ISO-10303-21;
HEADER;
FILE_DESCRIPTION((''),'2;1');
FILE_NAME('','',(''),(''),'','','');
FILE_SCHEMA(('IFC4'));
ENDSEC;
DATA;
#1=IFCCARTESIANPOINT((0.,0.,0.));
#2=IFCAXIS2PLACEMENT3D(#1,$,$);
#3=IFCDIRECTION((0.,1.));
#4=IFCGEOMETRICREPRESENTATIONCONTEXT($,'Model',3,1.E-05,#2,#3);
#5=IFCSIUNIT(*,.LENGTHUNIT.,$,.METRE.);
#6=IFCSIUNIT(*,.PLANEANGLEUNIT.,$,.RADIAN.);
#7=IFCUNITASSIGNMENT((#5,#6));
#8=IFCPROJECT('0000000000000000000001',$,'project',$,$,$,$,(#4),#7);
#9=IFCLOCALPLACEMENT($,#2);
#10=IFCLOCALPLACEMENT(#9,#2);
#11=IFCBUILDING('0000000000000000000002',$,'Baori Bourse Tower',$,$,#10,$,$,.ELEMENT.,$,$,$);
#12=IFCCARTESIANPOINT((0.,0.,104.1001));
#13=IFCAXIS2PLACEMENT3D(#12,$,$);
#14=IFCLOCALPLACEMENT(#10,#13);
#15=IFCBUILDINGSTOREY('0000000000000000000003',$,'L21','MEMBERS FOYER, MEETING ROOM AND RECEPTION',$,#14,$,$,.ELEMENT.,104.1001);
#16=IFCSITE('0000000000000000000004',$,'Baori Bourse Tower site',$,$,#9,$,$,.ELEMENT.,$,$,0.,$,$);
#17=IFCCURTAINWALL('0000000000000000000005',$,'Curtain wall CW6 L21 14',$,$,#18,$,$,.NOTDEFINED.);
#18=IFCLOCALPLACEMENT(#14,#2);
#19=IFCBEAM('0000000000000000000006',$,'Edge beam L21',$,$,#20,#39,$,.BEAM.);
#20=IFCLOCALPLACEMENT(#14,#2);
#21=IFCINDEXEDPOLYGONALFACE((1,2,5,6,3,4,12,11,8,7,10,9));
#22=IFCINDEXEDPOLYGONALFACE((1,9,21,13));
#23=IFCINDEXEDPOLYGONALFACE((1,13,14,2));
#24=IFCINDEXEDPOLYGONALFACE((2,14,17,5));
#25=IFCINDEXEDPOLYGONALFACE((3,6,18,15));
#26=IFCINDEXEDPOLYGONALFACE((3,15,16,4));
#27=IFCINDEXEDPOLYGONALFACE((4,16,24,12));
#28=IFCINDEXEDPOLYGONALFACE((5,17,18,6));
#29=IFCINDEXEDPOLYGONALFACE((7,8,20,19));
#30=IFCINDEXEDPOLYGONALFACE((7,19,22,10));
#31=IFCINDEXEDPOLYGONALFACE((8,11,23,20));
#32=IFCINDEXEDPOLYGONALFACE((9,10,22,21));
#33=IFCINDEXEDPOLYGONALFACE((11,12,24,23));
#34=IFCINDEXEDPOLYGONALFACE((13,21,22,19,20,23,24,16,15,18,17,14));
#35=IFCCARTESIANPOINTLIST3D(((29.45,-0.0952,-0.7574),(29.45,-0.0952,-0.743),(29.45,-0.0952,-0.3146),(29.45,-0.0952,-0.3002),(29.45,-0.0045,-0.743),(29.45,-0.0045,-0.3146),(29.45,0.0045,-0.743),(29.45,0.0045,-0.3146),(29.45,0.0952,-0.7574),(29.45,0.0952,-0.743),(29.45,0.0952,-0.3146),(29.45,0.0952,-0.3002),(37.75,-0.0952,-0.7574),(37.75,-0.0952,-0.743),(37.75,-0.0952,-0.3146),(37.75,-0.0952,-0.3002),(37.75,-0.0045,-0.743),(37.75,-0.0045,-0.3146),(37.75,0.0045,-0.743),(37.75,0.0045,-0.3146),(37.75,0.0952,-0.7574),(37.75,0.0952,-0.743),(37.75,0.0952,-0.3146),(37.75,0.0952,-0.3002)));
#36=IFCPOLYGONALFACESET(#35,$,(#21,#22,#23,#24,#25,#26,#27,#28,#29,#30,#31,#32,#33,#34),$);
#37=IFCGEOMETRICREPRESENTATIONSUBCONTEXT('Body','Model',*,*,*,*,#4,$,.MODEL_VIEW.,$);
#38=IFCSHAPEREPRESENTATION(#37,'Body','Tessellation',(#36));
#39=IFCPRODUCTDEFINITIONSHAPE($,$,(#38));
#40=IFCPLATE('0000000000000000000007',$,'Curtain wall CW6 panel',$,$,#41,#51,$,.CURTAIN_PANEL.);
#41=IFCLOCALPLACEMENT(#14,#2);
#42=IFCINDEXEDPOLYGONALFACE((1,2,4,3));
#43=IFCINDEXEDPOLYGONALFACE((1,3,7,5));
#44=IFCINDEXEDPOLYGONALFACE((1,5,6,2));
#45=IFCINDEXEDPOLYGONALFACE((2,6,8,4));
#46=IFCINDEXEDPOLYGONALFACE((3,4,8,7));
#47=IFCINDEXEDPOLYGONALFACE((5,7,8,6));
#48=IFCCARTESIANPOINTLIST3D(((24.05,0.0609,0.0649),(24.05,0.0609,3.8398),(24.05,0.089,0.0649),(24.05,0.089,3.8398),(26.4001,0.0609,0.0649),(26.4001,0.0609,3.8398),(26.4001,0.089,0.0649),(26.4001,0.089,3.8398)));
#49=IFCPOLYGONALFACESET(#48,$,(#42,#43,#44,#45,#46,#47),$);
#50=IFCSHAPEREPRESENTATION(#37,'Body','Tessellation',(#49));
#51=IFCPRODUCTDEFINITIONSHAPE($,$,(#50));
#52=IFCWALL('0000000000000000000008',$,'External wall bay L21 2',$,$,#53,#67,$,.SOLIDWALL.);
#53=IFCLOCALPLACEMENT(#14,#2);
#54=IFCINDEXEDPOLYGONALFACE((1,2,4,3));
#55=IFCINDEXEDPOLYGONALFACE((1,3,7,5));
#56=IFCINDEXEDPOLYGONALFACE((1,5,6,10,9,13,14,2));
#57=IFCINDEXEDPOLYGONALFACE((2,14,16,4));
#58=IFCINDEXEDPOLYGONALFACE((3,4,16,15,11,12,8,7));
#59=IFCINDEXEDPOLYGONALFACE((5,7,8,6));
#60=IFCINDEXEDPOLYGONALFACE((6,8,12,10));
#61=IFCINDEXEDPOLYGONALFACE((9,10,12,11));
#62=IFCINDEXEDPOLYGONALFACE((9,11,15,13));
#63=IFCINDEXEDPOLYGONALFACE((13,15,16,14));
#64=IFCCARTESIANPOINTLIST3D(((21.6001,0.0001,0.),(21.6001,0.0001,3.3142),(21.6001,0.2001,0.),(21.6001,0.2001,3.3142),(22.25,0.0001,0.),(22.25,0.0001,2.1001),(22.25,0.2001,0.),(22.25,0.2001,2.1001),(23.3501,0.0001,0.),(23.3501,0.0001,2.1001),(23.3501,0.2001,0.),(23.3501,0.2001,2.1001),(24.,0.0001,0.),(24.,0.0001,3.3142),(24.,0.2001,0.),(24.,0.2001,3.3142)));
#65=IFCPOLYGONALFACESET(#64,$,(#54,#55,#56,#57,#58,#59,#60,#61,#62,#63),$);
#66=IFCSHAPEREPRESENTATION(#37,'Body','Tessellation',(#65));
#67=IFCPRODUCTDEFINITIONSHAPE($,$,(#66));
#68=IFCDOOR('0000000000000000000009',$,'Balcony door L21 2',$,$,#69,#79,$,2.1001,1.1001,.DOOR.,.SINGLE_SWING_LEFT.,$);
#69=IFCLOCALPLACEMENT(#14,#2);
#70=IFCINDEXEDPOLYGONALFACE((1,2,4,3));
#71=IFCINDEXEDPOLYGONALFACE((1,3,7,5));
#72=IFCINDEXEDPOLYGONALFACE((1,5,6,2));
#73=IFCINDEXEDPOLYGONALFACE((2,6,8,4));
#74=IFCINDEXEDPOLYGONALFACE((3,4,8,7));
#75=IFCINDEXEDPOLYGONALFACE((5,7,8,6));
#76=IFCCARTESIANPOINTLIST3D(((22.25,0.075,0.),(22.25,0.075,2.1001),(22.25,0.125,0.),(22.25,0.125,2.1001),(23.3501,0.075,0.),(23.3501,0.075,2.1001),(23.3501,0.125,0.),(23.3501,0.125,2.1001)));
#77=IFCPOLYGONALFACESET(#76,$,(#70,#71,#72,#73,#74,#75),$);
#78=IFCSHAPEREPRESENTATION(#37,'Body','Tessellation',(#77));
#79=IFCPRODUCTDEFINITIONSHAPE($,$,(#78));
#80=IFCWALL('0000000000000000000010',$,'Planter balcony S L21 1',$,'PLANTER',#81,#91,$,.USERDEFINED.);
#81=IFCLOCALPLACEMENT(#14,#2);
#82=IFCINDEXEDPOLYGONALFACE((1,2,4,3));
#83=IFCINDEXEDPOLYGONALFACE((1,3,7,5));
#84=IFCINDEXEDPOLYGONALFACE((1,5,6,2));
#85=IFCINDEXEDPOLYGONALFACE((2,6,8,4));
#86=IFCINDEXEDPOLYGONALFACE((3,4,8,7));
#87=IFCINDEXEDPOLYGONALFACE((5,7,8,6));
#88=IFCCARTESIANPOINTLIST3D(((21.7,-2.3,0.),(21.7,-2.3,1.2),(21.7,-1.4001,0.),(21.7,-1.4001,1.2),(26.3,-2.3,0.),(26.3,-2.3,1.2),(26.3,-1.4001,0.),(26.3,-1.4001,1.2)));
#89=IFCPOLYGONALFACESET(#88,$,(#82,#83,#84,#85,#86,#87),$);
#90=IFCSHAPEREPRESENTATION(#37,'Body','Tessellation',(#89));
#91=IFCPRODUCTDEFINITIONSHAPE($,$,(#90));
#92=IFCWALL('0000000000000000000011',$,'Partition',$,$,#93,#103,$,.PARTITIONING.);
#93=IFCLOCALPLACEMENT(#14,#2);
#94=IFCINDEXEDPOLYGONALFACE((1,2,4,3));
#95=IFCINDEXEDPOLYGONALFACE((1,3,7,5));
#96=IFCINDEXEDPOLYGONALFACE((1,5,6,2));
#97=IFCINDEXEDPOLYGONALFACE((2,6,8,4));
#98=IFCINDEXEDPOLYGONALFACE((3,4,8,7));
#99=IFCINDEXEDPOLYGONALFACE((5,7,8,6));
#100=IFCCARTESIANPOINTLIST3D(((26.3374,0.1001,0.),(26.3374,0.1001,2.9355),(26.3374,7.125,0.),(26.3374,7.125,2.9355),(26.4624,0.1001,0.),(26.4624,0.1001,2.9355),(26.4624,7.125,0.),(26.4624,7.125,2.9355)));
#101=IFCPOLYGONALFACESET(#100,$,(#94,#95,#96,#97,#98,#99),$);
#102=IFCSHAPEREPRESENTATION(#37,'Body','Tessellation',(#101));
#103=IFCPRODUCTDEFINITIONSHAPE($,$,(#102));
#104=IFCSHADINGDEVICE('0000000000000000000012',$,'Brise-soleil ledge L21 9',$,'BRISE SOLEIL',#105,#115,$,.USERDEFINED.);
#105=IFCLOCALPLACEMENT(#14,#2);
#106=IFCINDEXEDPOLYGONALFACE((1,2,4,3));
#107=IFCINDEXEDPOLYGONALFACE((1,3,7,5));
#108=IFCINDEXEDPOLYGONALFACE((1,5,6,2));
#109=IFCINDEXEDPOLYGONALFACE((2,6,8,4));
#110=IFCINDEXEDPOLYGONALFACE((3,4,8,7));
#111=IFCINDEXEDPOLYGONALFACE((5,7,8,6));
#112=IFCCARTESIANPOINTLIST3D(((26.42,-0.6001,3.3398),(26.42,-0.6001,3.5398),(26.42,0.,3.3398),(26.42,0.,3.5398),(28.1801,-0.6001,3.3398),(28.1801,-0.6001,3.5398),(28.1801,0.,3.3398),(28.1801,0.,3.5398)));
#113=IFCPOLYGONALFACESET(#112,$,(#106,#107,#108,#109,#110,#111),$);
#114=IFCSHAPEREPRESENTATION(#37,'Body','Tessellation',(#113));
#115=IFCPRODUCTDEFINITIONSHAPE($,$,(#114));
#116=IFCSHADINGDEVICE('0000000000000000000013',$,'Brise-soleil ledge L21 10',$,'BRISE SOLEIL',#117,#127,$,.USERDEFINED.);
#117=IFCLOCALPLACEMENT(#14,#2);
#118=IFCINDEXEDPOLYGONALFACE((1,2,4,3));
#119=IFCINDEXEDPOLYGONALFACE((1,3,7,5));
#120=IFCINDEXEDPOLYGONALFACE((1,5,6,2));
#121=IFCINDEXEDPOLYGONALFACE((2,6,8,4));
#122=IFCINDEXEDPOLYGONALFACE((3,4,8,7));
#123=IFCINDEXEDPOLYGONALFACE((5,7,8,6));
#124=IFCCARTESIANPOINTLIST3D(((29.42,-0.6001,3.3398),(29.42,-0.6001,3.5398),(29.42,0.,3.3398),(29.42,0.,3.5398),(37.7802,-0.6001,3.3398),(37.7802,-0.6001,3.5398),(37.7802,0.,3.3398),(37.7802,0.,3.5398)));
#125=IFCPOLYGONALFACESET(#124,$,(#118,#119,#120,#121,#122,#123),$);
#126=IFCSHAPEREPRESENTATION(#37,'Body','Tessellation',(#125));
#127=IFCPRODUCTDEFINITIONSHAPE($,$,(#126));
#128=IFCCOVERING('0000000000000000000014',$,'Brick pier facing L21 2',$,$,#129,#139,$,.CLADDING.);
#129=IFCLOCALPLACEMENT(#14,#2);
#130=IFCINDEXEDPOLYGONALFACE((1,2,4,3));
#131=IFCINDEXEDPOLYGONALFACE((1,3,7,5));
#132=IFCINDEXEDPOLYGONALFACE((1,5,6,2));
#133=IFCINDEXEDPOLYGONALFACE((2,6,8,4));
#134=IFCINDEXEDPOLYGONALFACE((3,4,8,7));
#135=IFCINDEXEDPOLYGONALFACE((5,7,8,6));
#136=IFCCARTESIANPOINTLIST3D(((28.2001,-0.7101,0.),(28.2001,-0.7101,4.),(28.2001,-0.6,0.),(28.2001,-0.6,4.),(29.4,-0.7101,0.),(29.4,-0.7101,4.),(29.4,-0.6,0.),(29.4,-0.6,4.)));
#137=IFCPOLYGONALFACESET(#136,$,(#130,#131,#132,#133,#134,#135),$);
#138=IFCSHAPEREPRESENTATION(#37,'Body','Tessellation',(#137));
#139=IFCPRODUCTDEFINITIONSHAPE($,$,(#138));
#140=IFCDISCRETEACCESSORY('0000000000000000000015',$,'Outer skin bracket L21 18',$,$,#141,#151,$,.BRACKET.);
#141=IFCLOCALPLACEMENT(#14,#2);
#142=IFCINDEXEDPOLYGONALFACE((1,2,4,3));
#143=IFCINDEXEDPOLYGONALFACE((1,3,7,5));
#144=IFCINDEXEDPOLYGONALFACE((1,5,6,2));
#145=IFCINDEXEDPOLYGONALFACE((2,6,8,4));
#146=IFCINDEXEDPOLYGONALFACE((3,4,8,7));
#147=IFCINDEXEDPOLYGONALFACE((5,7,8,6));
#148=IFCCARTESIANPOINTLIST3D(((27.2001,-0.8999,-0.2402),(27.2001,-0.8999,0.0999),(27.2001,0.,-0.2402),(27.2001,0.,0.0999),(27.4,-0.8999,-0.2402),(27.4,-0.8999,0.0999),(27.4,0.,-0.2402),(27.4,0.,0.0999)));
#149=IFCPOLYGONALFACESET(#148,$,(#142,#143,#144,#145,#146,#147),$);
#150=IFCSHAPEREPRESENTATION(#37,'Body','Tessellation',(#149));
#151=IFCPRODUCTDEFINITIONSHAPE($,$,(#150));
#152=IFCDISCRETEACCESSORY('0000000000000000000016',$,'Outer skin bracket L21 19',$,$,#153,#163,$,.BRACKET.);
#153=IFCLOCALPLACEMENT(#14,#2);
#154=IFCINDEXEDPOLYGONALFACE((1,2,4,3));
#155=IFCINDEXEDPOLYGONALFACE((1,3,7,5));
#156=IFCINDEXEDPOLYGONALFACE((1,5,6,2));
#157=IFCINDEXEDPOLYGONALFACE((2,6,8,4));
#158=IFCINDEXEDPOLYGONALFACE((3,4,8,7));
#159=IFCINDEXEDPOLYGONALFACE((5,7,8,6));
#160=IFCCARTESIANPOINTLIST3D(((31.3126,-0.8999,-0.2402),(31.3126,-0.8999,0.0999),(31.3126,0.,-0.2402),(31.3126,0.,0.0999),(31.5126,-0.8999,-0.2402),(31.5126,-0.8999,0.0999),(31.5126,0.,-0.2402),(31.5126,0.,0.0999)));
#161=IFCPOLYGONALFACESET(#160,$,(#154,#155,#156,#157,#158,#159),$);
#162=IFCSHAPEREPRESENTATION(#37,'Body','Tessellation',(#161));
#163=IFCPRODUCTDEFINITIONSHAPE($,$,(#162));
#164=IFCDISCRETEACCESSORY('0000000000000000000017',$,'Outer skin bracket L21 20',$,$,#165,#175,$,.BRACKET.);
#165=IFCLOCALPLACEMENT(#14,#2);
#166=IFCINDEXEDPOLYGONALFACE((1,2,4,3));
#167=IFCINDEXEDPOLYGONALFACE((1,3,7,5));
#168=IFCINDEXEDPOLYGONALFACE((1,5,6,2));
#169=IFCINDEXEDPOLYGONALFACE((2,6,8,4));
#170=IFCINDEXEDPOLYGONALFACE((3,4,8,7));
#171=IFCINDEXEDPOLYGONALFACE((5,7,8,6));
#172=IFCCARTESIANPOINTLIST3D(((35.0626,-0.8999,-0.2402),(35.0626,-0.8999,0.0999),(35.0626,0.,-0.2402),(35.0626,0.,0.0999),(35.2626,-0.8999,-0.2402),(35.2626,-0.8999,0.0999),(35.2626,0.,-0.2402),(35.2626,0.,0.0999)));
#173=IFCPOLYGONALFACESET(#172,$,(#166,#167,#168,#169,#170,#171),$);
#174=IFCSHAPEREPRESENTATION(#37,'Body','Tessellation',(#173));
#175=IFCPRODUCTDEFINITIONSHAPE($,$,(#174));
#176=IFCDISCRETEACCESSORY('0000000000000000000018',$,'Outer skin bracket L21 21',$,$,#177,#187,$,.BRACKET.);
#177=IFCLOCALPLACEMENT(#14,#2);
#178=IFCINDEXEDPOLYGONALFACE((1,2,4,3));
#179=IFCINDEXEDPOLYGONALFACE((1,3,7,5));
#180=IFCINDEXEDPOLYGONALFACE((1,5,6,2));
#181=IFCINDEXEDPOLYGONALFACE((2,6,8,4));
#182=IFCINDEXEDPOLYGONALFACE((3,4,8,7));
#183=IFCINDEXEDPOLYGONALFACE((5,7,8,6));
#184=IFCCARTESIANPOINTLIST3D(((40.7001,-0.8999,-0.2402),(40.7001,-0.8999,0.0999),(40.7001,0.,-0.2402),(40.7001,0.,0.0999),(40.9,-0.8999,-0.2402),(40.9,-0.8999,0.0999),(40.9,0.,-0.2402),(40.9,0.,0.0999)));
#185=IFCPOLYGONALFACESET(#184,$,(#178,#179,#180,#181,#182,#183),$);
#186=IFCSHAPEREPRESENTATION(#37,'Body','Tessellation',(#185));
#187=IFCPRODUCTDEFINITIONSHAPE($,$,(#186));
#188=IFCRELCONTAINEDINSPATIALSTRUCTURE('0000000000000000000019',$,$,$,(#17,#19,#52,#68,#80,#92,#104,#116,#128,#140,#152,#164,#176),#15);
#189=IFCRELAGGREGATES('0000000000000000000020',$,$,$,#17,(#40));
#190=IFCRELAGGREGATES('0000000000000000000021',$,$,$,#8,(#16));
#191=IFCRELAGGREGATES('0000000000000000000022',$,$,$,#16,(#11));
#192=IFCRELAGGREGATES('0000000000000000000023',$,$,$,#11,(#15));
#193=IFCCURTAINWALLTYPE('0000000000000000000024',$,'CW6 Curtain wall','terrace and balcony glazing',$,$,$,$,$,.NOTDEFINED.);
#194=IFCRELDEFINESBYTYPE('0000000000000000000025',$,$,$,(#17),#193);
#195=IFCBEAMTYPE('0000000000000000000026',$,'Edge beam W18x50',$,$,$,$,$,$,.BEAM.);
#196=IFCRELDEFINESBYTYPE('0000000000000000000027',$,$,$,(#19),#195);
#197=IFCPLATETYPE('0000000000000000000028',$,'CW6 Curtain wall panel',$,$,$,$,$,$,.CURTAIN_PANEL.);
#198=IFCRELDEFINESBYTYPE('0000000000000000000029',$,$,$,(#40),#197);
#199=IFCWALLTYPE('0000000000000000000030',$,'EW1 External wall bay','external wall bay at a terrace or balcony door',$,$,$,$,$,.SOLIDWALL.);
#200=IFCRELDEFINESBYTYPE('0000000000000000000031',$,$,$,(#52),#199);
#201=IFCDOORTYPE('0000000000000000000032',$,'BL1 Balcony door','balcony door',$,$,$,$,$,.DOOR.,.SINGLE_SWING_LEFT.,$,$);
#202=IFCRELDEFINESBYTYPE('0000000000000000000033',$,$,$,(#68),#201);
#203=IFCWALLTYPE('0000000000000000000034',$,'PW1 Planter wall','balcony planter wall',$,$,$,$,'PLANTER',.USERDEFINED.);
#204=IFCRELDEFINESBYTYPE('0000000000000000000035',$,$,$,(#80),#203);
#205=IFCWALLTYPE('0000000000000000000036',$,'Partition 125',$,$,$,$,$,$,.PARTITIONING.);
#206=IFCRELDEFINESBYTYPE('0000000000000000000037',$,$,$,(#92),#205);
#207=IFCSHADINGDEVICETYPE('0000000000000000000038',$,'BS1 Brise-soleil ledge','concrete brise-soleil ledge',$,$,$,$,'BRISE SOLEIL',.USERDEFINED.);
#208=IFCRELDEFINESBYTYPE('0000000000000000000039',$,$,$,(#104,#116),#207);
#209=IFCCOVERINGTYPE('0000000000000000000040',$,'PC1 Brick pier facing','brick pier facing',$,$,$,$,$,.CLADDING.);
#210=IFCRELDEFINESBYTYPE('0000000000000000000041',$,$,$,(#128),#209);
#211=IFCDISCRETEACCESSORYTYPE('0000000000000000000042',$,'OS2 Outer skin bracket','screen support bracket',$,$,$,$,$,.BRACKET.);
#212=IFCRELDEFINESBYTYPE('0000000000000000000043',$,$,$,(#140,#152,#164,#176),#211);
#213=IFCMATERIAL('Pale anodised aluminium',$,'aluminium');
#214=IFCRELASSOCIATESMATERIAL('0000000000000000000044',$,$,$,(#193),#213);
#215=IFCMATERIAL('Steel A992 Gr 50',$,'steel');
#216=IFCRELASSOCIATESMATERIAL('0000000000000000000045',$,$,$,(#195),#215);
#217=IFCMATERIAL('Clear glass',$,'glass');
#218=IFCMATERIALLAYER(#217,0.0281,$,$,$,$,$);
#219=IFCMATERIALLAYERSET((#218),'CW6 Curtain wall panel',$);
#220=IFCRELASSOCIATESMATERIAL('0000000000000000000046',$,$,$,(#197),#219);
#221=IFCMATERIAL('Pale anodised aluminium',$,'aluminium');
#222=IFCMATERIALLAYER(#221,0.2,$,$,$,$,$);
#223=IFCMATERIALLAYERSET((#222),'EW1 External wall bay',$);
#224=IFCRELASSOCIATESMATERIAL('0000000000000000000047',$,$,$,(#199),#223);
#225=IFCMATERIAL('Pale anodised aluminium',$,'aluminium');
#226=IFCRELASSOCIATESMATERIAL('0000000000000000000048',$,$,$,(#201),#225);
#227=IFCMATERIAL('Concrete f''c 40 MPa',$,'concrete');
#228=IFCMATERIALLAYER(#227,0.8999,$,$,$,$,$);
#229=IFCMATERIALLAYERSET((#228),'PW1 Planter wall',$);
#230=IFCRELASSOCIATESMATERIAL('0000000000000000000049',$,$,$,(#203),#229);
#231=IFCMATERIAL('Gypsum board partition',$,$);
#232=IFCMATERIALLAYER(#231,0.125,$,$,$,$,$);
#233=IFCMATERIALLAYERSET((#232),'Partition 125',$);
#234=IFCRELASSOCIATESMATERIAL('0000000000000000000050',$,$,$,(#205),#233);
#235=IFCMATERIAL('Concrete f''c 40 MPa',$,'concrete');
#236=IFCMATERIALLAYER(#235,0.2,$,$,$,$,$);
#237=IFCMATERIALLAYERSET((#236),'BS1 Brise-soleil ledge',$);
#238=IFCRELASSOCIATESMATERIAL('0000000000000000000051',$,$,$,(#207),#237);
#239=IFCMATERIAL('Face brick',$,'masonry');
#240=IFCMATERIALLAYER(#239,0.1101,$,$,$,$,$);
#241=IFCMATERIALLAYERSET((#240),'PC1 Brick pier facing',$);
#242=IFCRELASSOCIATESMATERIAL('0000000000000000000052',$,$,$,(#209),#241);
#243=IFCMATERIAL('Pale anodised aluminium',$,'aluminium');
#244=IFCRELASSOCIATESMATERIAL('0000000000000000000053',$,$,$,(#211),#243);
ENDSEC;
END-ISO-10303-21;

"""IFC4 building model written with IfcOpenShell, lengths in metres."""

from ifc_helpers import new_model, si_unit, direction, frame, frame_2d, origin, origin_2d, place, context, subcontext, project, spatial, rectangle, i_section, extrude, material, layer, layer_set, material_profile, profile_set, type_object, element, fill, aggregate, save


model = new_model("IFC4")

# Units and contexts
model_context = context("Model", 3, precision=1e-05, world=origin(), true_north=direction((0.0, 1.0)))
body_context = subcontext(model_context, "Body", "Model", "MODEL_VIEW")
ifc_project = project(units=[si_unit("LENGTHUNIT", "METRE"), si_unit("PLANEANGLEUNIT", "RADIAN")], contexts=[model_context])

# Site, building, storey
site_placement = place(None, origin())
site = spatial("IfcSite", under=ifc_project, at=site_placement, Name="Baori Bourse Tower site", CompositionType="ELEMENT", RefElevation=0.0)
building_placement = place(site_placement, origin())
building = spatial("IfcBuilding", under=site, at=building_placement, Name="Baori Bourse Tower", CompositionType="ELEMENT")
storey_placement = place(building_placement, frame((0.0, 0.0, 104.1001)))
storey = spatial("IfcBuildingStorey", under=building, at=storey_placement, Name="L21", Description="MEMBERS FOYER, MEETING ROOM AND RECEPTION", CompositionType="ELEMENT", Elevation=104.1001)

# Curtain wall
ifc_material_1 = material(Name="Pale anodised aluminium", Category="aluminium")
curtain_wall_type = type_object("IfcCurtainWallType", Name="CW6 Curtain wall", Description="terrace and balcony glazing", PredefinedType="NOTDEFINED", material=ifc_material_1)
curtain_wall_placement = place(storey_placement, origin())
curtain_wall = element("IfcCurtainWall", 1, at=curtain_wall_placement, inside=storey, type_object=curtain_wall_type, Name="Curtain wall CW6 L21 14", PredefinedType="NOTDEFINED")

# Beam
ifc_material_2 = material(Name="Steel A992 Gr 50", Category="steel")
ifc_material_profile_1 = material_profile(ifc_material_2, i_section(OverallWidth=0.1904, OverallDepth=0.4573, WebThickness=0.009, FlangeThickness=0.0144, at=origin_2d()), Name="W18x50")
ifc_profile_set_1 = profile_set([ifc_material_profile_1], Name="Steel A992 Gr 50")
beam_type_1 = type_object("IfcBeamType", Name="Edge beam W18x50", PredefinedType="BEAM", material=ifc_profile_set_1)
beam_1_placement = place(storey_placement, frame((29.45, 0.0, -0.5288), z_axis=(1.0, 0.0, 0.0), x_axis=(0.0, 1.0, 0.0)))
element("IfcBeam", 2, at=beam_1_placement, inside=storey, type_object=beam_type_1, Name="Edge beam L21", PredefinedType="BEAM", context=body_context, shape_type="SweptSolid", body=[
    extrude(i_section(OverallWidth=0.1904, OverallDepth=0.4573, WebThickness=0.009, FlangeThickness=0.0144, at=origin_2d()), origin(), (0.0, 0.0, 1.0), 8.3),
])

# Plate
ifc_material_3 = material(Name="Clear glass", Category="glass")
ifc_layer_1 = layer(ifc_material_3, 0.0281)
ifc_layer_set_1 = layer_set([ifc_layer_1], Name="CW6 Curtain wall panel")
plate_type = type_object("IfcPlateType", Name="CW6 Curtain wall panel", PredefinedType="CURTAIN_PANEL", material=ifc_layer_set_1)
plate_placement = place(storey_placement, frame((25.2251, 0.075, 0.0649), z_axis=(0.0, 0.0, 1.0), x_axis=(1.0, 0.0, 0.0)))
plate = element("IfcPlate", 3, at=plate_placement, type_object=plate_type, Name="Curtain wall CW6 panel", PredefinedType="CURTAIN_PANEL", context=body_context, shape_type="SweptSolid", body=[
    extrude(rectangle(XDim=2.3501, YDim=0.0281, at=origin_2d()), origin(), (0.0, 0.0, 1.0), 3.7749),
])
aggregate(curtain_wall, [plate])

# Wall, opening, door
ifc_material_4 = material(Name="Pale anodised aluminium", Category="aluminium")
ifc_layer_2 = layer(ifc_material_4, 0.2)
ifc_layer_set_2 = layer_set([ifc_layer_2], Name="EW1 External wall bay")
wall_type_1 = type_object("IfcWallType", Name="EW1 External wall bay", Description="external wall bay at a terrace or balcony door", PredefinedType="SOLIDWALL", material=ifc_layer_set_2)
wall_1_placement = place(storey_placement, frame((21.6001, 0.1001, 0.0), z_axis=(0.0, 0.0, 1.0), x_axis=(1.0, 0.0, 0.0)))
wall_1 = element("IfcWall", 4, at=wall_1_placement, inside=storey, type_object=wall_type_1, Name="External wall bay L21 2", PredefinedType="SOLIDWALL", context=body_context, shape_type="SweptSolid", body=[
    extrude(rectangle(XDim=2.3999, YDim=0.2, at=frame_2d((1.2, 0.0))), origin(), (0.0, 0.0, 1.0), 3.3142),
])
opening_placement = place(wall_1_placement, frame((0.6499, 0.0, 0.0)))
opening = element("IfcOpeningElement", 5, at=opening_placement, cuts=wall_1, PredefinedType="OPENING", context=body_context, shape_type="SweptSolid", body=[
    extrude(rectangle(XDim=1.1001, YDim=2.1001, at=frame_2d((0.55, 1.05))), frame((0.0, 0.1099, 0.0), z_axis=(0.0, -1.0, 0.0), x_axis=(1.0, 0.0, 0.0)), (0.0, 0.0, 1.0), 0.22),
])
ifc_material_5 = material(Name="Pale anodised aluminium", Category="aluminium")
door_type = type_object("IfcDoorType", Name="BL1 Balcony door", Description="balcony door", OperationType="SINGLE_SWING_LEFT", PredefinedType="DOOR", material=ifc_material_5)
door_placement = place(opening_placement, origin())
door = element("IfcDoor", 6, at=door_placement, inside=storey, type_object=door_type, Name="Balcony door L21 2", OperationType="SINGLE_SWING_LEFT", OverallHeight=2.1001, OverallWidth=1.1001, PredefinedType="DOOR", context=body_context, shape_type="SweptSolid", body=[
    extrude(rectangle(XDim=1.1001, YDim=2.1001, at=frame_2d((0.55, 1.05))), frame((0.0, 0.0249, 0.0), z_axis=(0.0, -1.0, 0.0), x_axis=(1.0, 0.0, 0.0)), (0.0, 0.0, 1.0), 0.05),
])
fill(opening, door)

# Walls
ifc_material_6 = material(Name="Concrete f'c 40 MPa", Category="concrete")
ifc_layer_3 = layer(ifc_material_6, 0.8999)
ifc_layer_set_3 = layer_set([ifc_layer_3], Name="PW1 Planter wall")
wall_type_2 = type_object("IfcWallType", Name="PW1 Planter wall", Description="balcony planter wall", ElementType="PLANTER", PredefinedType="USERDEFINED", material=ifc_layer_set_3)
wall_2_placement = place(storey_placement, frame((21.7, -1.8501, 0.0), z_axis=(0.0, 0.0, 1.0), x_axis=(1.0, 0.0, 0.0)))
element("IfcWall", 7, at=wall_2_placement, inside=storey, type_object=wall_type_2, Name="Planter balcony S L21 1", ObjectType="PLANTER", PredefinedType="USERDEFINED", context=body_context, shape_type="SweptSolid", body=[
    extrude(rectangle(XDim=4.6001, YDim=0.8999, at=frame_2d((2.3, 0.0))), origin(), (0.0, 0.0, 1.0), 1.2),
])
ifc_material_7 = material(Name="Gypsum board partition")
ifc_layer_4 = layer(ifc_material_7, 0.125)
ifc_layer_set_4 = layer_set([ifc_layer_4], Name="Partition 125")
wall_type_3 = type_object("IfcWallType", Name="Partition 125", PredefinedType="PARTITIONING", material=ifc_layer_set_4)
wall_3_placement = place(storey_placement, frame((26.3999, 0.1001, 0.0), z_axis=(0.0, 0.0, 1.0), x_axis=(0.0, 1.0, 0.0)))
element("IfcWall", 8, at=wall_3_placement, inside=storey, type_object=wall_type_3, Name="Partition", PredefinedType="PARTITIONING", context=body_context, shape_type="SweptSolid", body=[
    extrude(rectangle(XDim=7.0249, YDim=0.125, at=frame_2d((3.5125, 0.0))), origin(), (0.0, 0.0, 1.0), 2.9355),
])

# Shading devices
ifc_material_8 = material(Name="Concrete f'c 40 MPa", Category="concrete")
ifc_layer_5 = layer(ifc_material_8, 0.2)
ifc_layer_set_5 = layer_set([ifc_layer_5], Name="BS1 Brise-soleil ledge")
shading_device_type = type_object("IfcShadingDeviceType", Name="BS1 Brise-soleil ledge", Description="concrete brise-soleil ledge", ElementType="BRISE SOLEIL", PredefinedType="USERDEFINED", material=ifc_layer_set_5)
shading_device_1_placement = place(storey_placement, frame((27.3, -0.3, 3.3398), z_axis=(0.0, 0.0, 1.0), x_axis=(1.0, 0.0, 0.0)))
element("IfcShadingDevice", 9, at=shading_device_1_placement, inside=storey, type_object=shading_device_type, Name="Brise-soleil ledge L21 9", ObjectType="BRISE SOLEIL", PredefinedType="USERDEFINED", context=body_context, shape_type="SweptSolid", body=[
    extrude(rectangle(XDim=1.76, YDim=0.6001, at=origin_2d()), origin(), (0.0, 0.0, 1.0), 0.2),
])
shading_device_2_placement = place(storey_placement, frame((33.6001, -0.3, 3.3398), z_axis=(0.0, 0.0, 1.0), x_axis=(1.0, 0.0, 0.0)))
element("IfcShadingDevice", 10, at=shading_device_2_placement, inside=storey, type_object=shading_device_type, Name="Brise-soleil ledge L21 10", ObjectType="BRISE SOLEIL", PredefinedType="USERDEFINED", context=body_context, shape_type="SweptSolid", body=[
    extrude(rectangle(XDim=8.3601, YDim=0.6001, at=origin_2d()), origin(), (0.0, 0.0, 1.0), 0.2),
])

# Covering
ifc_material_9 = material(Name="Face brick", Category="masonry")
ifc_layer_6 = layer(ifc_material_9, 0.1101)
ifc_layer_set_6 = layer_set([ifc_layer_6], Name="PC1 Brick pier facing")
covering_type = type_object("IfcCoveringType", Name="PC1 Brick pier facing", Description="brick pier facing", PredefinedType="CLADDING", material=ifc_layer_set_6)
covering_placement = place(storey_placement, frame((28.8, -0.655, 0.0), z_axis=(0.0, 0.0, 1.0), x_axis=(1.0, 0.0, 0.0)))
element("IfcCovering", 11, at=covering_placement, inside=storey, type_object=covering_type, Name="Brick pier facing L21 2", PredefinedType="CLADDING", context=body_context, shape_type="SweptSolid", body=[
    extrude(rectangle(XDim=1.2, YDim=0.1101, at=origin_2d()), origin(), (0.0, 0.0, 1.0), 4.0),
])

# Discrete accessories
ifc_material_10 = material(Name="Pale anodised aluminium", Category="aluminium")
discrete_accessory_type = type_object("IfcDiscreteAccessoryType", Name="OS2 Outer skin bracket", Description="screen support bracket", PredefinedType="BRACKET", material=ifc_material_10)
for number, where, z_axis, x_axis, name in (
    (12, (27.3, -0.45, -0.2402), (0.0, 0.0, 1.0), (1.0, 0.0, 0.0), "Outer skin bracket L21 18"),
    (13, (31.4126, -0.45, -0.2402), (0.0, 0.0, 1.0), (1.0, 0.0, 0.0), "Outer skin bracket L21 19"),
    (14, (35.1626, -0.45, -0.2402), (0.0, 0.0, 1.0), (1.0, 0.0, 0.0), "Outer skin bracket L21 20"),
    (15, (40.8, -0.45, -0.2402), (0.0, 0.0, 1.0), (1.0, 0.0, 0.0), "Outer skin bracket L21 21"),
):
    element("IfcDiscreteAccessory", number, at=place(storey_placement, frame(where, z_axis=z_axis, x_axis=x_axis)), inside=storey, type_object=discrete_accessory_type, Name=name, PredefinedType="BRACKET", context=body_context, shape_type="SweptSolid", body=[
        extrude(rectangle(XDim=0.2, YDim=0.8999, at=origin_2d()), origin(), (0.0, 0.0, 1.0), 0.3401),
    ])

save(model, "model.ifc")
